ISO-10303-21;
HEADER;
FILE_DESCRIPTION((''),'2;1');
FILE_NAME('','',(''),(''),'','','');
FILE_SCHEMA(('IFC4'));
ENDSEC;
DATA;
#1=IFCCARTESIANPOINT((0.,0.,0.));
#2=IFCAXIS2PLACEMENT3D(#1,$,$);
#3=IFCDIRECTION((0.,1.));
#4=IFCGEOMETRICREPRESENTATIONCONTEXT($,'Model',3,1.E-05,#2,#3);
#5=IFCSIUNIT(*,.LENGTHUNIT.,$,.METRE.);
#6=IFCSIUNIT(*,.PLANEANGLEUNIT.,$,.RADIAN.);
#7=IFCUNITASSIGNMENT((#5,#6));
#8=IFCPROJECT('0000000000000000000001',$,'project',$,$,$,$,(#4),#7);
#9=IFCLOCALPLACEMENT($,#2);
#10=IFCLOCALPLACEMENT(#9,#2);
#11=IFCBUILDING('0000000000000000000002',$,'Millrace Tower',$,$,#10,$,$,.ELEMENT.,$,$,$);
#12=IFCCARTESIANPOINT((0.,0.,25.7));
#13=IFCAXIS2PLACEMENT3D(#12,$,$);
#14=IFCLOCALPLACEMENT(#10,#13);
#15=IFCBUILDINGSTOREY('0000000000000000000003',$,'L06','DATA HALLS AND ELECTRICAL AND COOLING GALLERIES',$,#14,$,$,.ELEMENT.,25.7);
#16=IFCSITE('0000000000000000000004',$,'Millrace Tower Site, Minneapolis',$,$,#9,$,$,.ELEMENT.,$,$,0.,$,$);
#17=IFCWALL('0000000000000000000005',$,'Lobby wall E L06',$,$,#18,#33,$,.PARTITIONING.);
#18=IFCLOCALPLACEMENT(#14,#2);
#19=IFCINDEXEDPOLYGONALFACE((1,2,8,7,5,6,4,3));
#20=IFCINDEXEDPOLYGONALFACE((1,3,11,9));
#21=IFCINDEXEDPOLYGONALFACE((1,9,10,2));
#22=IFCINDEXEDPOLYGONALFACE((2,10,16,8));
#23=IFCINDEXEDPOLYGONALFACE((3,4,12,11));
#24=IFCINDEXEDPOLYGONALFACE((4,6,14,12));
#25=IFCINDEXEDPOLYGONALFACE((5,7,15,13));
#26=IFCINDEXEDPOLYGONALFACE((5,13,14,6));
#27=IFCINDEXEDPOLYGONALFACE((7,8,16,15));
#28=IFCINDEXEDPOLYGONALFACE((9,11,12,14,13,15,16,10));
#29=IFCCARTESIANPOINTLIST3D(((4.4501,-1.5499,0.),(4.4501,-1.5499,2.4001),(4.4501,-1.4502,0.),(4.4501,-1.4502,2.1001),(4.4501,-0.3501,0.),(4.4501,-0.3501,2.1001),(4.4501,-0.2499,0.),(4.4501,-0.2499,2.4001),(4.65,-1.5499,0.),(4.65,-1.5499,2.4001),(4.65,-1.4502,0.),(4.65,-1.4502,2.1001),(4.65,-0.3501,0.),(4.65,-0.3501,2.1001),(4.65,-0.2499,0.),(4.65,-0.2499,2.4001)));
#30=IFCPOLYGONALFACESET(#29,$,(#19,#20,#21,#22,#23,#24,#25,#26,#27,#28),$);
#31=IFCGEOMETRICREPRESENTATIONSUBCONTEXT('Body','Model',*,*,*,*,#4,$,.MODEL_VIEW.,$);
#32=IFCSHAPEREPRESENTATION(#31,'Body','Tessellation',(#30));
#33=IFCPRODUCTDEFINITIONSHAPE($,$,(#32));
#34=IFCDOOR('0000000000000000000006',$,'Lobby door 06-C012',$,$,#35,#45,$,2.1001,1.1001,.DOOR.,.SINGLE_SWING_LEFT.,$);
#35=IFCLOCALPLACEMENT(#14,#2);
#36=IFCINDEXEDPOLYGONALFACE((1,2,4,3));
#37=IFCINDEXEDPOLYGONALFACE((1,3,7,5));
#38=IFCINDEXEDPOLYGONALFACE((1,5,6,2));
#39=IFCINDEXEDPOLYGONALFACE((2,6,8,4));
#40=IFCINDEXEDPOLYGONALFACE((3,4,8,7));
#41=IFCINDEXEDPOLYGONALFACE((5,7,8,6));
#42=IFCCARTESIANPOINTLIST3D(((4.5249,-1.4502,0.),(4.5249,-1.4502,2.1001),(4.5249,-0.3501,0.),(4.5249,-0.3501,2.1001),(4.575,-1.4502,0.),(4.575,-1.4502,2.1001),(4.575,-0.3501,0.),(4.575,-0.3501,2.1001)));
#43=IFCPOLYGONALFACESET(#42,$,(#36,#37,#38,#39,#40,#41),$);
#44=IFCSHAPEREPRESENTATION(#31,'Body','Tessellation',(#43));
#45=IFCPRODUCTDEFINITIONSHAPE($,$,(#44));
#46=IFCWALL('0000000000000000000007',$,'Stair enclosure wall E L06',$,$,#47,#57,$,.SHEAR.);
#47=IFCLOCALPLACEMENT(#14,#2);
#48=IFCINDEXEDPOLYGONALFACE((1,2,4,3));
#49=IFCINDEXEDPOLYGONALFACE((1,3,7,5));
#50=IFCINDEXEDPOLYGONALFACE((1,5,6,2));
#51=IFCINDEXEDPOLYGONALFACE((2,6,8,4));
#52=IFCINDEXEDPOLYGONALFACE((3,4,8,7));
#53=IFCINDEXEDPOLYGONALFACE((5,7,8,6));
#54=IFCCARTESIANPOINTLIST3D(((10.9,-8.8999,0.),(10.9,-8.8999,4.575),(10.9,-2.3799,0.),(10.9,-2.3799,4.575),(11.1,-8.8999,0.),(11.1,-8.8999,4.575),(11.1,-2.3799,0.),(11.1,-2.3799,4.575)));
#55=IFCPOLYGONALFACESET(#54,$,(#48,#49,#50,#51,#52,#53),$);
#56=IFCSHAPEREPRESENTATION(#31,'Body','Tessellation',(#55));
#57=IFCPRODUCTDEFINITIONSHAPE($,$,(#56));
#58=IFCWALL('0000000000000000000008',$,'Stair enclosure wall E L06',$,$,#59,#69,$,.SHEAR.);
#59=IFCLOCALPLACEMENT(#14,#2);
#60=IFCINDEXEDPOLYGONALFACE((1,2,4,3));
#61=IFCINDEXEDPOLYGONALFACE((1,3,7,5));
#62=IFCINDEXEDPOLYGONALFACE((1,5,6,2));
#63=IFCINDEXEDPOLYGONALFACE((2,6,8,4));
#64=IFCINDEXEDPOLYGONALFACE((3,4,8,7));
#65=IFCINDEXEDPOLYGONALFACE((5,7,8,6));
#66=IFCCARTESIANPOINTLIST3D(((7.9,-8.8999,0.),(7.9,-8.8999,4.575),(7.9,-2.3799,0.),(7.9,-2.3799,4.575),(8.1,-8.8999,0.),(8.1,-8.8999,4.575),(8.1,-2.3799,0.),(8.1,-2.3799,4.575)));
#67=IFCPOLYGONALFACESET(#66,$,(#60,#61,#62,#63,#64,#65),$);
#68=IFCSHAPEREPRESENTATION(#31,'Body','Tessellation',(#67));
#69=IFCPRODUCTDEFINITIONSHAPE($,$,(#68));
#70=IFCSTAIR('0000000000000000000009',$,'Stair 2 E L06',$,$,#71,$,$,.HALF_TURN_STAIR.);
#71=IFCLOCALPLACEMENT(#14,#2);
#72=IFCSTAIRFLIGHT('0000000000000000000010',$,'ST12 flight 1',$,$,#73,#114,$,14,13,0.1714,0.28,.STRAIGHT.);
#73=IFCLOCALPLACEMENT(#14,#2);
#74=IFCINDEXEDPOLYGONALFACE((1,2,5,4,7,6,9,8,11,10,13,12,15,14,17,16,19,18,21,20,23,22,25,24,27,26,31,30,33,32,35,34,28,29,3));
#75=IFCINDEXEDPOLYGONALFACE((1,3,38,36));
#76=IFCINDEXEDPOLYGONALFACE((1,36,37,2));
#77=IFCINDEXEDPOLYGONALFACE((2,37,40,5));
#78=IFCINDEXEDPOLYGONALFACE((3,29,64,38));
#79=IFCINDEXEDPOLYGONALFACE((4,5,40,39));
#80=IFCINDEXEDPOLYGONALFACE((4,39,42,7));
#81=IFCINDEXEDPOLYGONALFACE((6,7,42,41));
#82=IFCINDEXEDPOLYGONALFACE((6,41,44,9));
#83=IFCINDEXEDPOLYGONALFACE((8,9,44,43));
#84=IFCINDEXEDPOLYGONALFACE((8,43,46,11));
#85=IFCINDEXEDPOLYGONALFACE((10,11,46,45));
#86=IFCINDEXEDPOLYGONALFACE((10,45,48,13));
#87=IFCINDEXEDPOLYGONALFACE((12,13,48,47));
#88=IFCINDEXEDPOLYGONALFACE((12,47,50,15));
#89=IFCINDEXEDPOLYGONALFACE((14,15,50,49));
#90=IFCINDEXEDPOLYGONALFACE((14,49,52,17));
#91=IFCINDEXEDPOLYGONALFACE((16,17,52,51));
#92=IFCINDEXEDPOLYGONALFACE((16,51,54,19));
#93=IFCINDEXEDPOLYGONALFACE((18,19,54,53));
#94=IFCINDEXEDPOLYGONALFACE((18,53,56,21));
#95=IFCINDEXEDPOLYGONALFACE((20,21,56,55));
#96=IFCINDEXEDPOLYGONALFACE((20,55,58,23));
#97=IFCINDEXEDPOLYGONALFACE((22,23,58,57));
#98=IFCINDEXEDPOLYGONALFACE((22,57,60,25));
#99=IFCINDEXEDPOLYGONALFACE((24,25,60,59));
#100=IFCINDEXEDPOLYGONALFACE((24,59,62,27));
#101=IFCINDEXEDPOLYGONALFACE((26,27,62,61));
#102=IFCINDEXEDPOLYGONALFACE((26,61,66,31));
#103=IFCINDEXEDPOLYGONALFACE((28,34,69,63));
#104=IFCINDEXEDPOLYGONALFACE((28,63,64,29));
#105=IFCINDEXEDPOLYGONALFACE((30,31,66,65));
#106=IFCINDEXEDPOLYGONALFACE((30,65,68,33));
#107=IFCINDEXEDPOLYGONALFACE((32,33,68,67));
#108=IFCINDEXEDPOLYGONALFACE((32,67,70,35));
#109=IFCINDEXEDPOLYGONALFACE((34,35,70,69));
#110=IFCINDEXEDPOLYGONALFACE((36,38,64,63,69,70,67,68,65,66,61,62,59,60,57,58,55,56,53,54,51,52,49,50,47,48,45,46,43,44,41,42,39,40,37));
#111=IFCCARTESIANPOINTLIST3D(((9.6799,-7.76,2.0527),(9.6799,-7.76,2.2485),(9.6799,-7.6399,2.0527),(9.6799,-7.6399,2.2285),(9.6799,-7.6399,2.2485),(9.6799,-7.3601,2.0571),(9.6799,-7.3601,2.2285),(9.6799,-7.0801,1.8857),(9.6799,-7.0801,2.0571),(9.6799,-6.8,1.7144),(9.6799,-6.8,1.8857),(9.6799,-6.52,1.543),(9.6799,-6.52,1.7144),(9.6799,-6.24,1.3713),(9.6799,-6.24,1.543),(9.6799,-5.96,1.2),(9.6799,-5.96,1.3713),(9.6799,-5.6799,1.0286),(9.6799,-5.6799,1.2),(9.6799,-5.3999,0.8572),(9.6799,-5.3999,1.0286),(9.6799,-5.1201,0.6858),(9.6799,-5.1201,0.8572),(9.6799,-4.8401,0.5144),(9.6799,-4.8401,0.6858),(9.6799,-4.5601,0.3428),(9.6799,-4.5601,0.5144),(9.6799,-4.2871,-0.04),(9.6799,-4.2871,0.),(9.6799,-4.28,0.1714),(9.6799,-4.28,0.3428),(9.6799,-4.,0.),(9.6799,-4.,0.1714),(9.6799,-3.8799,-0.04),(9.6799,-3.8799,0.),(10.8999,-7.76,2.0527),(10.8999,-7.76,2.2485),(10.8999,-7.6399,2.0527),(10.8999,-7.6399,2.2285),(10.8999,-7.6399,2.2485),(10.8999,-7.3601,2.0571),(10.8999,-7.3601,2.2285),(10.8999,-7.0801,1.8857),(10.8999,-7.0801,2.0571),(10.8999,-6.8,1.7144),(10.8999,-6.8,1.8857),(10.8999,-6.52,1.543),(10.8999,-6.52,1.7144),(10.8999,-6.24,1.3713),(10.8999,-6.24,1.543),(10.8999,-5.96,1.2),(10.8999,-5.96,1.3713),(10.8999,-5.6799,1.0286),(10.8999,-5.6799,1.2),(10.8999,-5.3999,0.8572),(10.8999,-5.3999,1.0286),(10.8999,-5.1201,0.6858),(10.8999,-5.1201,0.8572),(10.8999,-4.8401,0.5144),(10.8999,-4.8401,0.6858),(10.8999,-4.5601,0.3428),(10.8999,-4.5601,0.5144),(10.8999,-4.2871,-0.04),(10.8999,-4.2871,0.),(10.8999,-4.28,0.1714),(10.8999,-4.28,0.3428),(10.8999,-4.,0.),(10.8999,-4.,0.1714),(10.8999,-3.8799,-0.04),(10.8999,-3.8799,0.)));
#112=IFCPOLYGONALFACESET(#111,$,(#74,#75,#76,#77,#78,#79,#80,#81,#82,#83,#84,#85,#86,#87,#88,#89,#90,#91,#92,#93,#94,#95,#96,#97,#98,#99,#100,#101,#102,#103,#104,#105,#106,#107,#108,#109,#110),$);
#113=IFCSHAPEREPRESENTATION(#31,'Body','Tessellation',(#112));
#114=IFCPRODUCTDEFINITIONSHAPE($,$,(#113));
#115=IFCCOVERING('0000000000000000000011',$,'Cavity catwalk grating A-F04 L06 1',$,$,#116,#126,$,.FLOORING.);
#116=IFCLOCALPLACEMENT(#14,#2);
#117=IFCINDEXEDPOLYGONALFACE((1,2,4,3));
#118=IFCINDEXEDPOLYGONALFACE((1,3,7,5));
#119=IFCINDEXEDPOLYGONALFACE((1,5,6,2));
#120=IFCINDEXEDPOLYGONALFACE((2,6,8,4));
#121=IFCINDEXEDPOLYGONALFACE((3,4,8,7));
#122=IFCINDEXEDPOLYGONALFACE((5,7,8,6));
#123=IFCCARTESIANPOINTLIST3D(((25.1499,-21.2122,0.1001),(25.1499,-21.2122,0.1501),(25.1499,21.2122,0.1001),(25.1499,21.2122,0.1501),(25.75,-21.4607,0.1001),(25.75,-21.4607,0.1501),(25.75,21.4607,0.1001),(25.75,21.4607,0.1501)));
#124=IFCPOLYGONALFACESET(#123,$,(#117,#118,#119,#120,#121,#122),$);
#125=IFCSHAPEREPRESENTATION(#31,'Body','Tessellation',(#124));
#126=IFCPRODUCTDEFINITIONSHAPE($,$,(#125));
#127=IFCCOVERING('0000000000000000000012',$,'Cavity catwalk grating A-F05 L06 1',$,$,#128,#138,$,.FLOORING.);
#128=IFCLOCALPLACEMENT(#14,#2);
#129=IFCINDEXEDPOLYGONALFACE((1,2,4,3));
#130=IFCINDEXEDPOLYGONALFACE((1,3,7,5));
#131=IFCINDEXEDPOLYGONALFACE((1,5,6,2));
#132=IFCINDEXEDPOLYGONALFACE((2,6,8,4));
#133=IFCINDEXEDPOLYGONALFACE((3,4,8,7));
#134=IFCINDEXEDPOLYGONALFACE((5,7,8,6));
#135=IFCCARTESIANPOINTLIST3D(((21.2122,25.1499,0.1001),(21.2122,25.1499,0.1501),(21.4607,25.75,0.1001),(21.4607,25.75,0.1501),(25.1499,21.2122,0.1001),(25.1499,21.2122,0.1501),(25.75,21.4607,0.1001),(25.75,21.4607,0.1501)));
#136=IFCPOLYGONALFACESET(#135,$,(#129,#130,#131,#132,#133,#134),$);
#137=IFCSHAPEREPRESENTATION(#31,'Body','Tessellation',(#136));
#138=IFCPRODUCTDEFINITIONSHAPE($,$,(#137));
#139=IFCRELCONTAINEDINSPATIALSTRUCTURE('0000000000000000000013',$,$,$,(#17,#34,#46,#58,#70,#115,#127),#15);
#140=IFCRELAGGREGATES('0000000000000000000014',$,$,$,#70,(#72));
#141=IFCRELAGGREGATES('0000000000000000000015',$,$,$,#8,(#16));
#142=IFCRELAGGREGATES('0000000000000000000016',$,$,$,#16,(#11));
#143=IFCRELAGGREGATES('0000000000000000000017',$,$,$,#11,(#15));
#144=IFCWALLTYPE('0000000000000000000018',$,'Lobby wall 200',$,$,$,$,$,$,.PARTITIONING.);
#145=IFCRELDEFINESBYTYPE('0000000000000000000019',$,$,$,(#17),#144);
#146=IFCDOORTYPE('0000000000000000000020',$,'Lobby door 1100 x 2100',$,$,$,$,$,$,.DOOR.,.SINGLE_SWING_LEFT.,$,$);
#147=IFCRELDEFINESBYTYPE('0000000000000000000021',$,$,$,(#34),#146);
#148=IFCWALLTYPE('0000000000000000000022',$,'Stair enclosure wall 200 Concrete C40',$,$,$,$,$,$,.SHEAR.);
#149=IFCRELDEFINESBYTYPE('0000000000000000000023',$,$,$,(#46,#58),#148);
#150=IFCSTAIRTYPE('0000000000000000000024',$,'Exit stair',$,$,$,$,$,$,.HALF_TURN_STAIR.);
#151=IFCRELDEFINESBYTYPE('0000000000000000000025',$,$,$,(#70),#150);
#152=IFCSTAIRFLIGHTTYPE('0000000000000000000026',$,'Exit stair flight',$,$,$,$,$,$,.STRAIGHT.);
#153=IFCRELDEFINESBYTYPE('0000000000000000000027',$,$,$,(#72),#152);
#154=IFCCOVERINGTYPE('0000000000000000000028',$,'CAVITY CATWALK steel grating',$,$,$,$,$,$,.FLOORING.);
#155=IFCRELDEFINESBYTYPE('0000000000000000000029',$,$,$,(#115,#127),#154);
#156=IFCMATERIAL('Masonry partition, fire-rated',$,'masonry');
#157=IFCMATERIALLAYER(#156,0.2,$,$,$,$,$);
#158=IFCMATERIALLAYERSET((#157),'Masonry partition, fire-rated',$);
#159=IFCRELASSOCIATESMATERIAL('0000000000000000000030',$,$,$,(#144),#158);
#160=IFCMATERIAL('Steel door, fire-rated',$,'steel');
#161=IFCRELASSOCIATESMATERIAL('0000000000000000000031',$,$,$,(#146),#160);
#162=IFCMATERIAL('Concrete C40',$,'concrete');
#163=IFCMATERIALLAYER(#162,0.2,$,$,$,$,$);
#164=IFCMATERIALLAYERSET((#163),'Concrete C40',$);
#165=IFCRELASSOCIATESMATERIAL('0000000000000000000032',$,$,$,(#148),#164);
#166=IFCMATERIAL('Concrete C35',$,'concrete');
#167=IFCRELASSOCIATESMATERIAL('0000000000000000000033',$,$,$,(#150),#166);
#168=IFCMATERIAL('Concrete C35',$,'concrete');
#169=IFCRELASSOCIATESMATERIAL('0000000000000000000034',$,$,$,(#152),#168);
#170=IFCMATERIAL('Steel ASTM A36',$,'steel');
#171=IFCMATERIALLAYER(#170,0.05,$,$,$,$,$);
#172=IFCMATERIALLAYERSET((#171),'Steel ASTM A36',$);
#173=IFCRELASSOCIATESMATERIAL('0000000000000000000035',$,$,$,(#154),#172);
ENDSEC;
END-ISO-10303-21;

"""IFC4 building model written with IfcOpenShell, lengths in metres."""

from ifc_helpers import new_model, si_unit, direction, frame, frame_2d, origin, place, context, subcontext, project, spatial, polyline, rectangle, outline, extrude, material, layer, layer_set, type_object, element, fill, aggregate, save


model = new_model("IFC4")

# Units and contexts
model_context = context("Model", 3, precision=1e-05, world=origin(), true_north=direction((0.0, 1.0)))
body_context = subcontext(model_context, "Body", "Model", "MODEL_VIEW")
ifc_project = project(units=[si_unit("LENGTHUNIT", "METRE"), si_unit("PLANEANGLEUNIT", "RADIAN")], contexts=[model_context])

# Site, building, storey
site_placement = place(None, origin())
site = spatial("IfcSite", under=ifc_project, at=site_placement, Name="Millrace Tower Site, Minneapolis", CompositionType="ELEMENT", RefElevation=0.0)
building_placement = place(site_placement, origin())
building = spatial("IfcBuilding", under=site, at=building_placement, Name="Millrace Tower", CompositionType="ELEMENT")
storey_placement = place(building_placement, frame((0.0, 0.0, 25.7)))
storey = spatial("IfcBuildingStorey", under=building, at=storey_placement, Name="L06", Description="DATA HALLS AND ELECTRICAL AND COOLING GALLERIES", CompositionType="ELEMENT", Elevation=25.7)

# Shared definitions
placement_1 = place(storey_placement, origin())

# Wall, opening, door
ifc_material_1 = material(Name="Masonry partition, fire-rated", Category="masonry")
ifc_layer_1 = layer(ifc_material_1, 0.2)
ifc_layer_set_1 = layer_set([ifc_layer_1], Name="Masonry partition, fire-rated")
wall_type_1 = type_object("IfcWallType", Name="Lobby wall 200", PredefinedType="PARTITIONING", material=ifc_layer_set_1)
wall_1_placement = place(storey_placement, frame((4.55, -0.25, 0.0), z_axis=(0.0, 0.0, 1.0), x_axis=(0.0, -1.0, 0.0)))
wall_1 = element("IfcWall", 1, at=wall_1_placement, inside=storey, type_object=wall_type_1, Name="Lobby wall E L06", PredefinedType="PARTITIONING", context=body_context, shape_type="SweptSolid", body=[
    extrude(rectangle(XDim=1.3, YDim=0.2, at=frame_2d((0.6499, 0.0))), origin(), (0.0, 0.0, 1.0), 2.4001),
])
opening_placement = place(wall_1_placement, frame((0.1001, 0.0, 0.0)))
opening = element("IfcOpeningElement", 2, at=opening_placement, cuts=wall_1, PredefinedType="OPENING", context=body_context, shape_type="SweptSolid", body=[
    extrude(rectangle(XDim=1.1001, YDim=2.1001, at=frame_2d((0.55, 1.05))), frame((0.0, 0.1099, 0.0), z_axis=(0.0, -1.0, 0.0), x_axis=(1.0, 0.0, 0.0)), (0.0, 0.0, 1.0), 0.22),
])
ifc_material_2 = material(Name="Steel door, fire-rated", Category="steel")
door_type = type_object("IfcDoorType", Name="Lobby door 1100 x 2100", OperationType="SINGLE_SWING_LEFT", PredefinedType="DOOR", material=ifc_material_2)
door_placement = place(opening_placement, origin())
door = element("IfcDoor", 3, at=door_placement, inside=storey, type_object=door_type, Name="Lobby door 06-C012", OperationType="SINGLE_SWING_LEFT", OverallHeight=2.1001, OverallWidth=1.1001, PredefinedType="DOOR", context=body_context, shape_type="SweptSolid", body=[
    extrude(rectangle(XDim=1.1001, YDim=2.1001, at=frame_2d((0.55, 1.05))), frame((0.0, 0.0249, 0.0), z_axis=(0.0, -1.0, 0.0), x_axis=(1.0, 0.0, 0.0)), (0.0, 0.0, 1.0), 0.05),
])
fill(opening, door)

# Walls
ifc_material_3 = material(Name="Concrete C40", Category="concrete")
ifc_layer_2 = layer(ifc_material_3, 0.2)
ifc_layer_set_2 = layer_set([ifc_layer_2], Name="Concrete C40")
wall_type_2 = type_object("IfcWallType", Name="Stair enclosure wall 200 Concrete C40", PredefinedType="SHEAR", material=ifc_layer_set_2)
for number, where, z_axis, x_axis, name in (
    (4, (11.0, -2.3799, 0.0), (0.0, 0.0, 1.0), (0.0, -1.0, 0.0), "Stair enclosure wall E L06"),
    (5, (8.0, -2.3799, 0.0), (0.0, 0.0, 1.0), (0.0, -1.0, 0.0), "Stair enclosure wall E L06"),
):
    element("IfcWall", number, at=place(storey_placement, frame(where, z_axis=z_axis, x_axis=x_axis)), inside=storey, type_object=wall_type_2, Name=name, PredefinedType="SHEAR", context=body_context, shape_type="SweptSolid", body=[
        extrude(rectangle(XDim=6.52, YDim=0.2, at=frame_2d((3.26, 0.0))), origin(), (0.0, 0.0, 1.0), 4.575),
    ])

# Stair, stair flight
ifc_material_4 = material(Name="Concrete C35", Category="concrete")
stair_type = type_object("IfcStairType", Name="Exit stair", PredefinedType="HALF_TURN_STAIR", material=ifc_material_4)
stair = element("IfcStair", 6, at=placement_1, inside=storey, type_object=stair_type, Name="Stair 2 E L06", PredefinedType="HALF_TURN_STAIR")
ifc_material_5 = material(Name="Concrete C35", Category="concrete")
stair_flight_type = type_object("IfcStairFlightType", Name="Exit stair flight", PredefinedType="STRAIGHT", material=ifc_material_5)
stair_flight_placement = place(storey_placement, frame((10.29, -4.0, 0.0), z_axis=(0.0, 0.0, 1.0), x_axis=(0.0, -1.0, 0.0)))
stair_flight = element("IfcStairFlight", 7, at=stair_flight_placement, type_object=stair_flight_type, Name="ST12 flight 1", NumberOfRisers=14, NumberOfTreads=13, PredefinedType="STRAIGHT", RiserHeight=0.1714, TreadLength=0.28, context=body_context, shape_type="SweptSolid", body=[
    extrude(outline(polyline([(-0.1201, -0.04), (-0.1201, 0.0), (0.0, 0.0), (0.0, 0.1714), (0.28, 0.1714), (0.28, 0.3428), (0.5601, 0.3428), (0.5601, 0.5144), (0.8401, 0.5144), (0.8401, 0.6858), (1.1201, 0.6858), (1.1201, 0.8572), (1.3999, 0.8572), (1.3999, 1.0286), (1.6799, 1.0286), (1.6799, 1.2), (1.96, 1.2), (1.96, 1.3713), (2.24, 1.3713), (2.24, 1.543), (2.52, 1.543), (2.52, 1.7144), (2.8, 1.7144), (2.8, 1.8857), (3.0801, 1.8857), (3.0801, 2.0571), (3.3601, 2.0571), (3.3601, 2.2285), (3.6399, 2.2285), (3.6399, 2.2485), (3.76, 2.2485), (3.76, 2.0527), (3.6399, 2.0527), (0.2871, 0.0), (0.2871, -0.04), (-0.1201, -0.04)])), frame((0.0, 0.6099, 0.0), z_axis=(0.0, -1.0, 0.0), x_axis=(1.0, 0.0, 0.0)), (0.0, 0.0, 1.0), 1.22),
])
aggregate(stair, [stair_flight])

# Coverings
ifc_material_6 = material(Name="Steel ASTM A36", Category="steel")
ifc_layer_3 = layer(ifc_material_6, 0.05)
ifc_layer_set_3 = layer_set([ifc_layer_3], Name="Steel ASTM A36")
covering_type = type_object("IfcCoveringType", Name="CAVITY CATWALK steel grating", PredefinedType="FLOORING", material=ifc_layer_set_3)
placement_2 = place(storey_placement, frame((0.0, 0.0, 0.1001)))
element("IfcCovering", 8, at=placement_2, inside=storey, type_object=covering_type, Name="Cavity catwalk grating A-F04 L06 1", PredefinedType="FLOORING", context=body_context, shape_type="SweptSolid", body=[
    extrude(outline(polyline([(25.75, -21.4607), (25.75, 21.4607), (25.1499, 21.2122), (25.1499, -21.2122), (25.75, -21.4607)])), origin(), (0.0, 0.0, 1.0), 0.05),
])
element("IfcCovering", 9, at=placement_2, inside=storey, type_object=covering_type, Name="Cavity catwalk grating A-F05 L06 1", PredefinedType="FLOORING", context=body_context, shape_type="SweptSolid", body=[
    extrude(outline(polyline([(25.75, 21.4607), (21.4607, 25.75), (21.2122, 25.1499), (25.1499, 21.2122), (25.75, 21.4607)])), origin(), (0.0, 0.0, 1.0), 0.05),
])

save(model, "model.ifc")
